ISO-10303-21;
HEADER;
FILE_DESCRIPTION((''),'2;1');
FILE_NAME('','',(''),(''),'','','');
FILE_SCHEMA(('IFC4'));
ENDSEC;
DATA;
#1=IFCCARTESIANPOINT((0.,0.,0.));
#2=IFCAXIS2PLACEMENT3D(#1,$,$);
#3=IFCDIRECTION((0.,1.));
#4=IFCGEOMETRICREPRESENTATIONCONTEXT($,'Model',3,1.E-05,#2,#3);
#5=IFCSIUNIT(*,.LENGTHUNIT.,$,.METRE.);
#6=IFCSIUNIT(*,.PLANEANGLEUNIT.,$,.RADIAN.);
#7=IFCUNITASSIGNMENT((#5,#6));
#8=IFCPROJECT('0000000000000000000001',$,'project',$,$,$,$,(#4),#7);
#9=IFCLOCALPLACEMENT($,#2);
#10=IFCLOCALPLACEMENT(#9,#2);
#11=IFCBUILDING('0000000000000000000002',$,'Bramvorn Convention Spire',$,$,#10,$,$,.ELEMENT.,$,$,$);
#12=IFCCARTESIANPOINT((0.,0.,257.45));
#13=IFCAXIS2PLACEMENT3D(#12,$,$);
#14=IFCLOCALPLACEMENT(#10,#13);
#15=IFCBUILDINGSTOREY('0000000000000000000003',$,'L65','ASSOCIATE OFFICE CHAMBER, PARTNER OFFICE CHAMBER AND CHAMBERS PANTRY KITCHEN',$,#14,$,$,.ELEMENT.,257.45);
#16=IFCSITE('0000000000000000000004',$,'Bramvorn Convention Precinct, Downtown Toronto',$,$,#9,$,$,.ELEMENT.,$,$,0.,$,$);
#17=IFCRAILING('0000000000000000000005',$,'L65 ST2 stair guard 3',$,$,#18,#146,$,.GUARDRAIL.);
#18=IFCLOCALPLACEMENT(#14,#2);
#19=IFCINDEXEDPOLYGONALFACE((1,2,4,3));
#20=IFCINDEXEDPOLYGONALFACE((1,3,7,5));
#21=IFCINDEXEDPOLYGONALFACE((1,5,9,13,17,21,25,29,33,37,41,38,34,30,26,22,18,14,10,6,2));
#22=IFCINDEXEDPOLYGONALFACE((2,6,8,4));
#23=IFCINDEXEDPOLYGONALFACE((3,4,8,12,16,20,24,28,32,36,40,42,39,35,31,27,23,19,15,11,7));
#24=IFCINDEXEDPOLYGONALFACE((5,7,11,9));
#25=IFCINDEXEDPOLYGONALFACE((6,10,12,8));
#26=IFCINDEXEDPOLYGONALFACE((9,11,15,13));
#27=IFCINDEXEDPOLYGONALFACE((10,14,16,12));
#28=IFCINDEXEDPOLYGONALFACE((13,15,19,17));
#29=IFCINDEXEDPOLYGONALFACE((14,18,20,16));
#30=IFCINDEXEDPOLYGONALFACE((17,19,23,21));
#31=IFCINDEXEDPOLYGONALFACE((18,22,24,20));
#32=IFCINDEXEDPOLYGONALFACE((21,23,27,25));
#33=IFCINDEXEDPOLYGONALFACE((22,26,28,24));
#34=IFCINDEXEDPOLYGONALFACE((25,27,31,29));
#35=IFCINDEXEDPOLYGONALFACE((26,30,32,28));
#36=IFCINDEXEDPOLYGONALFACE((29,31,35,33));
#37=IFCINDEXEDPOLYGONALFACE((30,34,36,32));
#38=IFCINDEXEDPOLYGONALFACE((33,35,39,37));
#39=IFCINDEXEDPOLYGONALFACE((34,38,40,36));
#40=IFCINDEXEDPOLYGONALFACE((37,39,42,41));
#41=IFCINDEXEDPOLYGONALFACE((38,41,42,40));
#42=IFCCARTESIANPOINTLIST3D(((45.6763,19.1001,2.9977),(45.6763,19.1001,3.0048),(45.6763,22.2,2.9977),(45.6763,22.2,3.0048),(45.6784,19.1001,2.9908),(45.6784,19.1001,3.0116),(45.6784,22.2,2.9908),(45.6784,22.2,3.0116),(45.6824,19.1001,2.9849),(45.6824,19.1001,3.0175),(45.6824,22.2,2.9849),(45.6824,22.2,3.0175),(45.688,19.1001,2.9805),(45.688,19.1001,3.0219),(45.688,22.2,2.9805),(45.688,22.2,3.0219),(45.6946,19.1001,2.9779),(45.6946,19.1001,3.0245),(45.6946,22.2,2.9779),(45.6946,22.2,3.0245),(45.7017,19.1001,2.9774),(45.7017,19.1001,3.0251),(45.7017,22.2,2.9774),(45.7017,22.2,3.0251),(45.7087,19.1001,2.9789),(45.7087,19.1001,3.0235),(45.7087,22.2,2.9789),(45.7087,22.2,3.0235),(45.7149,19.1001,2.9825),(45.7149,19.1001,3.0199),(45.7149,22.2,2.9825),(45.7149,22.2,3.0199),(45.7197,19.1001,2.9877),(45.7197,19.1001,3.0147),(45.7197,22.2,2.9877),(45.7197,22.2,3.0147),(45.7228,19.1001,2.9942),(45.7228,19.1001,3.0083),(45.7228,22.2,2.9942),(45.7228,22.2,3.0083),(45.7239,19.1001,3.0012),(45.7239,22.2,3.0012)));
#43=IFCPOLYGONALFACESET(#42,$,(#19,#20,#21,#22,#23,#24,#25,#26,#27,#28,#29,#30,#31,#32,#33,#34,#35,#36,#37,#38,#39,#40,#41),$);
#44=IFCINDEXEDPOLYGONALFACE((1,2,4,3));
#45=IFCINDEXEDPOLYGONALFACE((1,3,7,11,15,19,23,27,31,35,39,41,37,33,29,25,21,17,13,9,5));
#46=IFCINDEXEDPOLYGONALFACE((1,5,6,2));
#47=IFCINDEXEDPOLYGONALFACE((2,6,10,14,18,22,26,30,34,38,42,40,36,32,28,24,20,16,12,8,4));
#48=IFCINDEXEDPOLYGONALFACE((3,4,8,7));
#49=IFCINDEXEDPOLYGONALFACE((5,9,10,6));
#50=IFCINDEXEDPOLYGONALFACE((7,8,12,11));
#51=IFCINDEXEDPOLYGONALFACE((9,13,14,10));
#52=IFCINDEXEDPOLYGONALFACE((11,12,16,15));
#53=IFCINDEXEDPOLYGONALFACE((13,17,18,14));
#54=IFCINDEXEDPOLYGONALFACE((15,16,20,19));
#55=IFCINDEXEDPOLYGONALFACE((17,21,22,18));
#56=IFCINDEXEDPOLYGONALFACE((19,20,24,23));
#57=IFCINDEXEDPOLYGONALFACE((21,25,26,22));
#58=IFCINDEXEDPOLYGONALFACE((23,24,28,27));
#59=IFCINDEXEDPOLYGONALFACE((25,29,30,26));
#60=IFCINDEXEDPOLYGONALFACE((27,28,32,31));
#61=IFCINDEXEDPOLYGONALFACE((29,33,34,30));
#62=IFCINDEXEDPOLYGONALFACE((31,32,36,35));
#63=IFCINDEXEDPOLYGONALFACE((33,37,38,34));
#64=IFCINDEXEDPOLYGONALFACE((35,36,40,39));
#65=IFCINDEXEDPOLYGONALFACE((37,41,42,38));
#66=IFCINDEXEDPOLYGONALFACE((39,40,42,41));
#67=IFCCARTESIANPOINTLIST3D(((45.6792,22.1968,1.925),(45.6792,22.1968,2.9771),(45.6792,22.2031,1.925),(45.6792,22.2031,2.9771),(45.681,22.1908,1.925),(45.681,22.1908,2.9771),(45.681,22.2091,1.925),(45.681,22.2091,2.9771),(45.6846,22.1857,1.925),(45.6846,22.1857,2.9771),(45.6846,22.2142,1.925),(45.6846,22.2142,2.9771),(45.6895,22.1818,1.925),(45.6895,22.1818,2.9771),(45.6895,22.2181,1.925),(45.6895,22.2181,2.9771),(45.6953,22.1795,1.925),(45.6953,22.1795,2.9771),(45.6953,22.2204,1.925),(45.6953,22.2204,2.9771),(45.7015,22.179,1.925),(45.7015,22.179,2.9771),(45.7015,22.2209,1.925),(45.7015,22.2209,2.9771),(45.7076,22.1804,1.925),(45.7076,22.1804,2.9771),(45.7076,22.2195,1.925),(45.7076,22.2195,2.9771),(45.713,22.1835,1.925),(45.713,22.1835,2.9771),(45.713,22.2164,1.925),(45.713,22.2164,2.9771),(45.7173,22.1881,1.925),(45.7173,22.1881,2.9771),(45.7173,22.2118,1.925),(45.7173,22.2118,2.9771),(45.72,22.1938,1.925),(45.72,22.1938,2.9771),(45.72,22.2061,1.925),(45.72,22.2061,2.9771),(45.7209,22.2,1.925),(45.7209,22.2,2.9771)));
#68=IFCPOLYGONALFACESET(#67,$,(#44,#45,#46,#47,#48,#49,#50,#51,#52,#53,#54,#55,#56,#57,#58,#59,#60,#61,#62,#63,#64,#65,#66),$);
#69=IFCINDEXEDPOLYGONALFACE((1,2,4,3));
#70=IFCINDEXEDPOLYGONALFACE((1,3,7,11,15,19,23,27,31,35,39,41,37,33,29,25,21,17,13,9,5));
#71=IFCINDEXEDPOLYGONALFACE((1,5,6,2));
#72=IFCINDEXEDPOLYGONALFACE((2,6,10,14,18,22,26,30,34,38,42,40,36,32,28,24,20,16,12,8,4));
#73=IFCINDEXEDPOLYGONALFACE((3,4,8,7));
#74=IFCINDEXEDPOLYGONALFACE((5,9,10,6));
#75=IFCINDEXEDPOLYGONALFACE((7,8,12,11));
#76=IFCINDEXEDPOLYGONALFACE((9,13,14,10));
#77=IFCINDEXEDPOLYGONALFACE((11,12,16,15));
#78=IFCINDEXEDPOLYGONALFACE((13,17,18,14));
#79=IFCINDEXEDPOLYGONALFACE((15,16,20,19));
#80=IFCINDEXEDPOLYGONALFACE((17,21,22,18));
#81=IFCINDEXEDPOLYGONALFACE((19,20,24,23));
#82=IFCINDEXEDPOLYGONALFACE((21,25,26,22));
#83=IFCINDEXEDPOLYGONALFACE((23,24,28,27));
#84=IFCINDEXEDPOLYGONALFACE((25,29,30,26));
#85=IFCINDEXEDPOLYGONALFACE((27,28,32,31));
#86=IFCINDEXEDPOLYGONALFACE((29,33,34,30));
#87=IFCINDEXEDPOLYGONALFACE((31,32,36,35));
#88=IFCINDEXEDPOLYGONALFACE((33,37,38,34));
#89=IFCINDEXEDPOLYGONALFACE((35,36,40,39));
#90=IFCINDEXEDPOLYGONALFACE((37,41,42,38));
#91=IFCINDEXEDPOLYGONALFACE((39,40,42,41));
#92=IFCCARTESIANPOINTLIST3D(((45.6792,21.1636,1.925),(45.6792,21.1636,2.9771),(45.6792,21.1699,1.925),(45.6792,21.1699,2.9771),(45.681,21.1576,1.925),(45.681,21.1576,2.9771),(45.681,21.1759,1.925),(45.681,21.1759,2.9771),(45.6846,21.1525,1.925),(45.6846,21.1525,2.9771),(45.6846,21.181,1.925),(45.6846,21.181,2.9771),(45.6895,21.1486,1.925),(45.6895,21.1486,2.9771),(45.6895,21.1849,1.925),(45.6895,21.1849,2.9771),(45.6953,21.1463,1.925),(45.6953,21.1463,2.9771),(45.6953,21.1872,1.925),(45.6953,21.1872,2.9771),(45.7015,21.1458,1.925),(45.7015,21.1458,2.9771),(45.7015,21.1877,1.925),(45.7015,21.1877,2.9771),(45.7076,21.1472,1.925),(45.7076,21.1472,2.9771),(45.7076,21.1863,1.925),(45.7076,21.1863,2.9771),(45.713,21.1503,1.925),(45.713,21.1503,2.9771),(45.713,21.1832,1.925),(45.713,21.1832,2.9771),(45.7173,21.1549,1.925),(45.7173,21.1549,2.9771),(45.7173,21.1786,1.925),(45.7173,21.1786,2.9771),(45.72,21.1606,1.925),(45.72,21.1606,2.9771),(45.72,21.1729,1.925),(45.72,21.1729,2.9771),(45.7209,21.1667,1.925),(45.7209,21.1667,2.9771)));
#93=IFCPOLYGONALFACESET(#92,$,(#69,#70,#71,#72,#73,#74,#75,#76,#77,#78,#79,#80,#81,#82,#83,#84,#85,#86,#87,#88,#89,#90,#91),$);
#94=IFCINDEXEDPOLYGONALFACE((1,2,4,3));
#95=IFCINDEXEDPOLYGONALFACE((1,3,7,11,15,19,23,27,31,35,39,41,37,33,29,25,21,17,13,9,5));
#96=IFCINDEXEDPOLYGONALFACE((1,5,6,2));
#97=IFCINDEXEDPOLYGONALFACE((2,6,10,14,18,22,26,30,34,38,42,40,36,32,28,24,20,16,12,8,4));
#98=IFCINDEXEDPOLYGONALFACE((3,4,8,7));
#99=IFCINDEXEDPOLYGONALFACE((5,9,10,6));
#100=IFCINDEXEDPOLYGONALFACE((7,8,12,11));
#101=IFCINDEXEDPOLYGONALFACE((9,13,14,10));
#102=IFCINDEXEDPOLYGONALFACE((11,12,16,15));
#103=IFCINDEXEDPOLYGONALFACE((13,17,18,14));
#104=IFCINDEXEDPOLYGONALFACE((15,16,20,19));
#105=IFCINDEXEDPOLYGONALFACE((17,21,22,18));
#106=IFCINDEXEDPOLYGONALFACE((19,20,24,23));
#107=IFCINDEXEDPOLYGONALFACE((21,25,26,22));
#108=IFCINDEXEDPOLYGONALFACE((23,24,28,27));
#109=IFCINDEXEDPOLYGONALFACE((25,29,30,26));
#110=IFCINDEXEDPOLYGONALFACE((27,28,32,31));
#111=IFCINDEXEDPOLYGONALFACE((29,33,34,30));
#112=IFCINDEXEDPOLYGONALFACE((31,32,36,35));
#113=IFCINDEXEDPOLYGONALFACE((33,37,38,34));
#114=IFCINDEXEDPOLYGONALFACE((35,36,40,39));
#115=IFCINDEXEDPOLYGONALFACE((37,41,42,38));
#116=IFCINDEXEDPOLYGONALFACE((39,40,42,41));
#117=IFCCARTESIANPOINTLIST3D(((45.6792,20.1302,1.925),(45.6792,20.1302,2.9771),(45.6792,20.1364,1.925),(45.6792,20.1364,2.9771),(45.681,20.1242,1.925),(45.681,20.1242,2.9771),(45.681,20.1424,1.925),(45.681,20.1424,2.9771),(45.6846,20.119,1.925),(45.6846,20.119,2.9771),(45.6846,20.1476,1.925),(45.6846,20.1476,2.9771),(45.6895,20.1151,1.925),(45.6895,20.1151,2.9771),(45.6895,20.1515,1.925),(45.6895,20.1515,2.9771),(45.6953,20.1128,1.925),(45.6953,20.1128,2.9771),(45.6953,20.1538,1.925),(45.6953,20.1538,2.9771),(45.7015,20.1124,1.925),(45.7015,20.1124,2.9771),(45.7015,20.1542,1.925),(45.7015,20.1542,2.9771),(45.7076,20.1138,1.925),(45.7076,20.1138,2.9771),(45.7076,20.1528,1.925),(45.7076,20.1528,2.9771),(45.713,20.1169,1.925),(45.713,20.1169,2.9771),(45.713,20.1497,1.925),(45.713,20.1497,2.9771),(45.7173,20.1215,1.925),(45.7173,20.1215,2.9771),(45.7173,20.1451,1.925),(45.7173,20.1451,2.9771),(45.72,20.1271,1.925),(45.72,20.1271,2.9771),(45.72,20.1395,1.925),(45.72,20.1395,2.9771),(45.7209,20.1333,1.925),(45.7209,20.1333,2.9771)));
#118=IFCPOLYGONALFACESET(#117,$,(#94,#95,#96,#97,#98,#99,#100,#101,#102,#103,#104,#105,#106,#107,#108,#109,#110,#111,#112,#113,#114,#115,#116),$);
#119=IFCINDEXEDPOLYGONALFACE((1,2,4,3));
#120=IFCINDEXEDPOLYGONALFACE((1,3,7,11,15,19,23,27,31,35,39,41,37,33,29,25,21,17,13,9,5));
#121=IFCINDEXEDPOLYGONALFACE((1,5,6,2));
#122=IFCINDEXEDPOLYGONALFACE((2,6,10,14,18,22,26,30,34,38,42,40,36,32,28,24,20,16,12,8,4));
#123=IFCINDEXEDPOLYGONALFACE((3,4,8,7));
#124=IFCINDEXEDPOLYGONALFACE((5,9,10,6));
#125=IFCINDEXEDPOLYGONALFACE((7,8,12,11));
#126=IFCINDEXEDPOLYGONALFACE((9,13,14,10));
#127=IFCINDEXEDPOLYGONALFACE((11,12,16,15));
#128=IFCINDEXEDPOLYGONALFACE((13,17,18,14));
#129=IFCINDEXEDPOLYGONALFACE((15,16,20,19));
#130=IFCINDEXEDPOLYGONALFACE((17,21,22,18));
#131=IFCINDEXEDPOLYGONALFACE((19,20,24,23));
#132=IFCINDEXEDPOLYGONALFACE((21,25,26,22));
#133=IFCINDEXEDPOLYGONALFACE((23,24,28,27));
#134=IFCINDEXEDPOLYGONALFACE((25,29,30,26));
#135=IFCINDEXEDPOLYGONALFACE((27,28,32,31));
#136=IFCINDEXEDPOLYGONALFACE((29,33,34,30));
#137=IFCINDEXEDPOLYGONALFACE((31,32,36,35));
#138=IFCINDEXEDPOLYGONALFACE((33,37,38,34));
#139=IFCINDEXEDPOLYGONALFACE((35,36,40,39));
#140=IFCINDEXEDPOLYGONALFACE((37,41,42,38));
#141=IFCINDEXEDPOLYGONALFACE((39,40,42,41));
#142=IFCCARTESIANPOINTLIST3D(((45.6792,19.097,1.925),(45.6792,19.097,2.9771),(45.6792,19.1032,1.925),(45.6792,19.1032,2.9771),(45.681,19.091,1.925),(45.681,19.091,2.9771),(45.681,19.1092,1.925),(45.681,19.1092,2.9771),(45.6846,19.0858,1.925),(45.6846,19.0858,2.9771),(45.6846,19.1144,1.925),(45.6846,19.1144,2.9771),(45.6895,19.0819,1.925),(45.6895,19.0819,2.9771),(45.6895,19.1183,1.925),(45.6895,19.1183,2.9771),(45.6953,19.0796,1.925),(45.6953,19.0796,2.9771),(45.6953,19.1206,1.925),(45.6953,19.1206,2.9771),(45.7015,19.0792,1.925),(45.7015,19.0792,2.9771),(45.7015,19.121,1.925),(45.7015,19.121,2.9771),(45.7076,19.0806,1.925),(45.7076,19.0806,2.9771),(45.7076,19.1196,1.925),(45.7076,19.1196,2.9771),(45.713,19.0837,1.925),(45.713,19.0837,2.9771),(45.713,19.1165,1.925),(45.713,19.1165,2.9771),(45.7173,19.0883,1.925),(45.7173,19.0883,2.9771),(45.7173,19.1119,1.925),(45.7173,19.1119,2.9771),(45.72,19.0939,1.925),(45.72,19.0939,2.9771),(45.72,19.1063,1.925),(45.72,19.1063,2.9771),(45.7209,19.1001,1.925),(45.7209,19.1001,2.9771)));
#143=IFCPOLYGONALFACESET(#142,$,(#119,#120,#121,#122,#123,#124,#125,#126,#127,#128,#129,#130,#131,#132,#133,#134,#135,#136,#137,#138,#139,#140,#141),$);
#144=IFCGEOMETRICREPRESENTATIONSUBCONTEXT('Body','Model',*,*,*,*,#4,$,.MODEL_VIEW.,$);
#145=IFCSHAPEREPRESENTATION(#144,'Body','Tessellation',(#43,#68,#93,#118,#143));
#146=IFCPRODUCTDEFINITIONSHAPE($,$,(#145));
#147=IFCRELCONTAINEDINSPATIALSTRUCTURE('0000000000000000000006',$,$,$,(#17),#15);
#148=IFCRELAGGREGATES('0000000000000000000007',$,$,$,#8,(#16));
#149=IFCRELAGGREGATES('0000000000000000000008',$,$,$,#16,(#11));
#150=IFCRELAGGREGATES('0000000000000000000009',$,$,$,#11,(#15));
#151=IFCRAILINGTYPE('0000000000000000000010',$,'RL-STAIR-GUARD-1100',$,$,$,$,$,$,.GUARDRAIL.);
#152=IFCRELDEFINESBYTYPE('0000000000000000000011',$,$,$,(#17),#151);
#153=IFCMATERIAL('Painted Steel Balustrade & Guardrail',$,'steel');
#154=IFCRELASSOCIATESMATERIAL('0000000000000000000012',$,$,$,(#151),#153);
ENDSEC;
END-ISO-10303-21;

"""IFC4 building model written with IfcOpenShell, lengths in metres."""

from ifc_helpers import new_model, si_unit, direction, frame, origin, origin_2d, place, context, subcontext, project, spatial, circle, extrude, material, type_object, element, save


model = new_model("IFC4")

# Units and contexts
model_context = context("Model", 3, precision=1e-05, world=origin(), true_north=direction((0.0, 1.0)))
body_context = subcontext(model_context, "Body", "Model", "MODEL_VIEW")
ifc_project = project(units=[si_unit("LENGTHUNIT", "METRE"), si_unit("PLANEANGLEUNIT", "RADIAN")], contexts=[model_context])

# Site, building, storey
site_placement = place(None, origin())
site = spatial("IfcSite", under=ifc_project, at=site_placement, Name="Bramvorn Convention Precinct, Downtown Toronto", CompositionType="ELEMENT", RefElevation=0.0)
building_placement = place(site_placement, origin())
building = spatial("IfcBuilding", under=site, at=building_placement, Name="Bramvorn Convention Spire", CompositionType="ELEMENT")
storey_placement = place(building_placement, frame((0.0, 0.0, 257.45)))
storey = spatial("IfcBuildingStorey", under=building, at=storey_placement, Name="L65", Description="ASSOCIATE OFFICE CHAMBER, PARTNER OFFICE CHAMBER AND CHAMBERS PANTRY KITCHEN", CompositionType="ELEMENT", Elevation=257.45)

# Railing
ifc_material_1 = material(Name="Painted Steel Balustrade & Guardrail", Category="steel")
railing_type_1 = type_object("IfcRailingType", Name="RL-STAIR-GUARD-1100", PredefinedType="GUARDRAIL", material=ifc_material_1)
railing_1_placement = place(storey_placement, frame((45.7, 22.2, 1.925)))
element("IfcRailing", 1, at=railing_1_placement, inside=storey, type_object=railing_type_1, Name="L65 ST2 stair guard 3", PredefinedType="GUARDRAIL", context=body_context, shape_type="SweptSolid", body=[
    extrude(circle(Radius=0.0239, at=origin_2d()), frame((0.0, 0.0, 1.0762), z_axis=(0.0, -1.0, 0.0), x_axis=(1.0, 0.0, 0.0)), (0.0, 0.0, 1.0), 3.0999),
    extrude(circle(Radius=0.021, at=origin_2d()), origin(), (0.0, 0.0, 1.0), 1.052),
    extrude(circle(Radius=0.021, at=origin_2d()), frame((0.0, -1.0332, 0.0)), (0.0, 0.0, 1.0), 1.052),
    extrude(circle(Radius=0.021, at=origin_2d()), frame((0.0, -2.0667, 0.0)), (0.0, 0.0, 1.0), 1.052),
    extrude(circle(Radius=0.021, at=origin_2d()), frame((0.0, -3.0999, 0.0)), (0.0, 0.0, 1.0), 1.052),
])

save(model, "model.ifc")
